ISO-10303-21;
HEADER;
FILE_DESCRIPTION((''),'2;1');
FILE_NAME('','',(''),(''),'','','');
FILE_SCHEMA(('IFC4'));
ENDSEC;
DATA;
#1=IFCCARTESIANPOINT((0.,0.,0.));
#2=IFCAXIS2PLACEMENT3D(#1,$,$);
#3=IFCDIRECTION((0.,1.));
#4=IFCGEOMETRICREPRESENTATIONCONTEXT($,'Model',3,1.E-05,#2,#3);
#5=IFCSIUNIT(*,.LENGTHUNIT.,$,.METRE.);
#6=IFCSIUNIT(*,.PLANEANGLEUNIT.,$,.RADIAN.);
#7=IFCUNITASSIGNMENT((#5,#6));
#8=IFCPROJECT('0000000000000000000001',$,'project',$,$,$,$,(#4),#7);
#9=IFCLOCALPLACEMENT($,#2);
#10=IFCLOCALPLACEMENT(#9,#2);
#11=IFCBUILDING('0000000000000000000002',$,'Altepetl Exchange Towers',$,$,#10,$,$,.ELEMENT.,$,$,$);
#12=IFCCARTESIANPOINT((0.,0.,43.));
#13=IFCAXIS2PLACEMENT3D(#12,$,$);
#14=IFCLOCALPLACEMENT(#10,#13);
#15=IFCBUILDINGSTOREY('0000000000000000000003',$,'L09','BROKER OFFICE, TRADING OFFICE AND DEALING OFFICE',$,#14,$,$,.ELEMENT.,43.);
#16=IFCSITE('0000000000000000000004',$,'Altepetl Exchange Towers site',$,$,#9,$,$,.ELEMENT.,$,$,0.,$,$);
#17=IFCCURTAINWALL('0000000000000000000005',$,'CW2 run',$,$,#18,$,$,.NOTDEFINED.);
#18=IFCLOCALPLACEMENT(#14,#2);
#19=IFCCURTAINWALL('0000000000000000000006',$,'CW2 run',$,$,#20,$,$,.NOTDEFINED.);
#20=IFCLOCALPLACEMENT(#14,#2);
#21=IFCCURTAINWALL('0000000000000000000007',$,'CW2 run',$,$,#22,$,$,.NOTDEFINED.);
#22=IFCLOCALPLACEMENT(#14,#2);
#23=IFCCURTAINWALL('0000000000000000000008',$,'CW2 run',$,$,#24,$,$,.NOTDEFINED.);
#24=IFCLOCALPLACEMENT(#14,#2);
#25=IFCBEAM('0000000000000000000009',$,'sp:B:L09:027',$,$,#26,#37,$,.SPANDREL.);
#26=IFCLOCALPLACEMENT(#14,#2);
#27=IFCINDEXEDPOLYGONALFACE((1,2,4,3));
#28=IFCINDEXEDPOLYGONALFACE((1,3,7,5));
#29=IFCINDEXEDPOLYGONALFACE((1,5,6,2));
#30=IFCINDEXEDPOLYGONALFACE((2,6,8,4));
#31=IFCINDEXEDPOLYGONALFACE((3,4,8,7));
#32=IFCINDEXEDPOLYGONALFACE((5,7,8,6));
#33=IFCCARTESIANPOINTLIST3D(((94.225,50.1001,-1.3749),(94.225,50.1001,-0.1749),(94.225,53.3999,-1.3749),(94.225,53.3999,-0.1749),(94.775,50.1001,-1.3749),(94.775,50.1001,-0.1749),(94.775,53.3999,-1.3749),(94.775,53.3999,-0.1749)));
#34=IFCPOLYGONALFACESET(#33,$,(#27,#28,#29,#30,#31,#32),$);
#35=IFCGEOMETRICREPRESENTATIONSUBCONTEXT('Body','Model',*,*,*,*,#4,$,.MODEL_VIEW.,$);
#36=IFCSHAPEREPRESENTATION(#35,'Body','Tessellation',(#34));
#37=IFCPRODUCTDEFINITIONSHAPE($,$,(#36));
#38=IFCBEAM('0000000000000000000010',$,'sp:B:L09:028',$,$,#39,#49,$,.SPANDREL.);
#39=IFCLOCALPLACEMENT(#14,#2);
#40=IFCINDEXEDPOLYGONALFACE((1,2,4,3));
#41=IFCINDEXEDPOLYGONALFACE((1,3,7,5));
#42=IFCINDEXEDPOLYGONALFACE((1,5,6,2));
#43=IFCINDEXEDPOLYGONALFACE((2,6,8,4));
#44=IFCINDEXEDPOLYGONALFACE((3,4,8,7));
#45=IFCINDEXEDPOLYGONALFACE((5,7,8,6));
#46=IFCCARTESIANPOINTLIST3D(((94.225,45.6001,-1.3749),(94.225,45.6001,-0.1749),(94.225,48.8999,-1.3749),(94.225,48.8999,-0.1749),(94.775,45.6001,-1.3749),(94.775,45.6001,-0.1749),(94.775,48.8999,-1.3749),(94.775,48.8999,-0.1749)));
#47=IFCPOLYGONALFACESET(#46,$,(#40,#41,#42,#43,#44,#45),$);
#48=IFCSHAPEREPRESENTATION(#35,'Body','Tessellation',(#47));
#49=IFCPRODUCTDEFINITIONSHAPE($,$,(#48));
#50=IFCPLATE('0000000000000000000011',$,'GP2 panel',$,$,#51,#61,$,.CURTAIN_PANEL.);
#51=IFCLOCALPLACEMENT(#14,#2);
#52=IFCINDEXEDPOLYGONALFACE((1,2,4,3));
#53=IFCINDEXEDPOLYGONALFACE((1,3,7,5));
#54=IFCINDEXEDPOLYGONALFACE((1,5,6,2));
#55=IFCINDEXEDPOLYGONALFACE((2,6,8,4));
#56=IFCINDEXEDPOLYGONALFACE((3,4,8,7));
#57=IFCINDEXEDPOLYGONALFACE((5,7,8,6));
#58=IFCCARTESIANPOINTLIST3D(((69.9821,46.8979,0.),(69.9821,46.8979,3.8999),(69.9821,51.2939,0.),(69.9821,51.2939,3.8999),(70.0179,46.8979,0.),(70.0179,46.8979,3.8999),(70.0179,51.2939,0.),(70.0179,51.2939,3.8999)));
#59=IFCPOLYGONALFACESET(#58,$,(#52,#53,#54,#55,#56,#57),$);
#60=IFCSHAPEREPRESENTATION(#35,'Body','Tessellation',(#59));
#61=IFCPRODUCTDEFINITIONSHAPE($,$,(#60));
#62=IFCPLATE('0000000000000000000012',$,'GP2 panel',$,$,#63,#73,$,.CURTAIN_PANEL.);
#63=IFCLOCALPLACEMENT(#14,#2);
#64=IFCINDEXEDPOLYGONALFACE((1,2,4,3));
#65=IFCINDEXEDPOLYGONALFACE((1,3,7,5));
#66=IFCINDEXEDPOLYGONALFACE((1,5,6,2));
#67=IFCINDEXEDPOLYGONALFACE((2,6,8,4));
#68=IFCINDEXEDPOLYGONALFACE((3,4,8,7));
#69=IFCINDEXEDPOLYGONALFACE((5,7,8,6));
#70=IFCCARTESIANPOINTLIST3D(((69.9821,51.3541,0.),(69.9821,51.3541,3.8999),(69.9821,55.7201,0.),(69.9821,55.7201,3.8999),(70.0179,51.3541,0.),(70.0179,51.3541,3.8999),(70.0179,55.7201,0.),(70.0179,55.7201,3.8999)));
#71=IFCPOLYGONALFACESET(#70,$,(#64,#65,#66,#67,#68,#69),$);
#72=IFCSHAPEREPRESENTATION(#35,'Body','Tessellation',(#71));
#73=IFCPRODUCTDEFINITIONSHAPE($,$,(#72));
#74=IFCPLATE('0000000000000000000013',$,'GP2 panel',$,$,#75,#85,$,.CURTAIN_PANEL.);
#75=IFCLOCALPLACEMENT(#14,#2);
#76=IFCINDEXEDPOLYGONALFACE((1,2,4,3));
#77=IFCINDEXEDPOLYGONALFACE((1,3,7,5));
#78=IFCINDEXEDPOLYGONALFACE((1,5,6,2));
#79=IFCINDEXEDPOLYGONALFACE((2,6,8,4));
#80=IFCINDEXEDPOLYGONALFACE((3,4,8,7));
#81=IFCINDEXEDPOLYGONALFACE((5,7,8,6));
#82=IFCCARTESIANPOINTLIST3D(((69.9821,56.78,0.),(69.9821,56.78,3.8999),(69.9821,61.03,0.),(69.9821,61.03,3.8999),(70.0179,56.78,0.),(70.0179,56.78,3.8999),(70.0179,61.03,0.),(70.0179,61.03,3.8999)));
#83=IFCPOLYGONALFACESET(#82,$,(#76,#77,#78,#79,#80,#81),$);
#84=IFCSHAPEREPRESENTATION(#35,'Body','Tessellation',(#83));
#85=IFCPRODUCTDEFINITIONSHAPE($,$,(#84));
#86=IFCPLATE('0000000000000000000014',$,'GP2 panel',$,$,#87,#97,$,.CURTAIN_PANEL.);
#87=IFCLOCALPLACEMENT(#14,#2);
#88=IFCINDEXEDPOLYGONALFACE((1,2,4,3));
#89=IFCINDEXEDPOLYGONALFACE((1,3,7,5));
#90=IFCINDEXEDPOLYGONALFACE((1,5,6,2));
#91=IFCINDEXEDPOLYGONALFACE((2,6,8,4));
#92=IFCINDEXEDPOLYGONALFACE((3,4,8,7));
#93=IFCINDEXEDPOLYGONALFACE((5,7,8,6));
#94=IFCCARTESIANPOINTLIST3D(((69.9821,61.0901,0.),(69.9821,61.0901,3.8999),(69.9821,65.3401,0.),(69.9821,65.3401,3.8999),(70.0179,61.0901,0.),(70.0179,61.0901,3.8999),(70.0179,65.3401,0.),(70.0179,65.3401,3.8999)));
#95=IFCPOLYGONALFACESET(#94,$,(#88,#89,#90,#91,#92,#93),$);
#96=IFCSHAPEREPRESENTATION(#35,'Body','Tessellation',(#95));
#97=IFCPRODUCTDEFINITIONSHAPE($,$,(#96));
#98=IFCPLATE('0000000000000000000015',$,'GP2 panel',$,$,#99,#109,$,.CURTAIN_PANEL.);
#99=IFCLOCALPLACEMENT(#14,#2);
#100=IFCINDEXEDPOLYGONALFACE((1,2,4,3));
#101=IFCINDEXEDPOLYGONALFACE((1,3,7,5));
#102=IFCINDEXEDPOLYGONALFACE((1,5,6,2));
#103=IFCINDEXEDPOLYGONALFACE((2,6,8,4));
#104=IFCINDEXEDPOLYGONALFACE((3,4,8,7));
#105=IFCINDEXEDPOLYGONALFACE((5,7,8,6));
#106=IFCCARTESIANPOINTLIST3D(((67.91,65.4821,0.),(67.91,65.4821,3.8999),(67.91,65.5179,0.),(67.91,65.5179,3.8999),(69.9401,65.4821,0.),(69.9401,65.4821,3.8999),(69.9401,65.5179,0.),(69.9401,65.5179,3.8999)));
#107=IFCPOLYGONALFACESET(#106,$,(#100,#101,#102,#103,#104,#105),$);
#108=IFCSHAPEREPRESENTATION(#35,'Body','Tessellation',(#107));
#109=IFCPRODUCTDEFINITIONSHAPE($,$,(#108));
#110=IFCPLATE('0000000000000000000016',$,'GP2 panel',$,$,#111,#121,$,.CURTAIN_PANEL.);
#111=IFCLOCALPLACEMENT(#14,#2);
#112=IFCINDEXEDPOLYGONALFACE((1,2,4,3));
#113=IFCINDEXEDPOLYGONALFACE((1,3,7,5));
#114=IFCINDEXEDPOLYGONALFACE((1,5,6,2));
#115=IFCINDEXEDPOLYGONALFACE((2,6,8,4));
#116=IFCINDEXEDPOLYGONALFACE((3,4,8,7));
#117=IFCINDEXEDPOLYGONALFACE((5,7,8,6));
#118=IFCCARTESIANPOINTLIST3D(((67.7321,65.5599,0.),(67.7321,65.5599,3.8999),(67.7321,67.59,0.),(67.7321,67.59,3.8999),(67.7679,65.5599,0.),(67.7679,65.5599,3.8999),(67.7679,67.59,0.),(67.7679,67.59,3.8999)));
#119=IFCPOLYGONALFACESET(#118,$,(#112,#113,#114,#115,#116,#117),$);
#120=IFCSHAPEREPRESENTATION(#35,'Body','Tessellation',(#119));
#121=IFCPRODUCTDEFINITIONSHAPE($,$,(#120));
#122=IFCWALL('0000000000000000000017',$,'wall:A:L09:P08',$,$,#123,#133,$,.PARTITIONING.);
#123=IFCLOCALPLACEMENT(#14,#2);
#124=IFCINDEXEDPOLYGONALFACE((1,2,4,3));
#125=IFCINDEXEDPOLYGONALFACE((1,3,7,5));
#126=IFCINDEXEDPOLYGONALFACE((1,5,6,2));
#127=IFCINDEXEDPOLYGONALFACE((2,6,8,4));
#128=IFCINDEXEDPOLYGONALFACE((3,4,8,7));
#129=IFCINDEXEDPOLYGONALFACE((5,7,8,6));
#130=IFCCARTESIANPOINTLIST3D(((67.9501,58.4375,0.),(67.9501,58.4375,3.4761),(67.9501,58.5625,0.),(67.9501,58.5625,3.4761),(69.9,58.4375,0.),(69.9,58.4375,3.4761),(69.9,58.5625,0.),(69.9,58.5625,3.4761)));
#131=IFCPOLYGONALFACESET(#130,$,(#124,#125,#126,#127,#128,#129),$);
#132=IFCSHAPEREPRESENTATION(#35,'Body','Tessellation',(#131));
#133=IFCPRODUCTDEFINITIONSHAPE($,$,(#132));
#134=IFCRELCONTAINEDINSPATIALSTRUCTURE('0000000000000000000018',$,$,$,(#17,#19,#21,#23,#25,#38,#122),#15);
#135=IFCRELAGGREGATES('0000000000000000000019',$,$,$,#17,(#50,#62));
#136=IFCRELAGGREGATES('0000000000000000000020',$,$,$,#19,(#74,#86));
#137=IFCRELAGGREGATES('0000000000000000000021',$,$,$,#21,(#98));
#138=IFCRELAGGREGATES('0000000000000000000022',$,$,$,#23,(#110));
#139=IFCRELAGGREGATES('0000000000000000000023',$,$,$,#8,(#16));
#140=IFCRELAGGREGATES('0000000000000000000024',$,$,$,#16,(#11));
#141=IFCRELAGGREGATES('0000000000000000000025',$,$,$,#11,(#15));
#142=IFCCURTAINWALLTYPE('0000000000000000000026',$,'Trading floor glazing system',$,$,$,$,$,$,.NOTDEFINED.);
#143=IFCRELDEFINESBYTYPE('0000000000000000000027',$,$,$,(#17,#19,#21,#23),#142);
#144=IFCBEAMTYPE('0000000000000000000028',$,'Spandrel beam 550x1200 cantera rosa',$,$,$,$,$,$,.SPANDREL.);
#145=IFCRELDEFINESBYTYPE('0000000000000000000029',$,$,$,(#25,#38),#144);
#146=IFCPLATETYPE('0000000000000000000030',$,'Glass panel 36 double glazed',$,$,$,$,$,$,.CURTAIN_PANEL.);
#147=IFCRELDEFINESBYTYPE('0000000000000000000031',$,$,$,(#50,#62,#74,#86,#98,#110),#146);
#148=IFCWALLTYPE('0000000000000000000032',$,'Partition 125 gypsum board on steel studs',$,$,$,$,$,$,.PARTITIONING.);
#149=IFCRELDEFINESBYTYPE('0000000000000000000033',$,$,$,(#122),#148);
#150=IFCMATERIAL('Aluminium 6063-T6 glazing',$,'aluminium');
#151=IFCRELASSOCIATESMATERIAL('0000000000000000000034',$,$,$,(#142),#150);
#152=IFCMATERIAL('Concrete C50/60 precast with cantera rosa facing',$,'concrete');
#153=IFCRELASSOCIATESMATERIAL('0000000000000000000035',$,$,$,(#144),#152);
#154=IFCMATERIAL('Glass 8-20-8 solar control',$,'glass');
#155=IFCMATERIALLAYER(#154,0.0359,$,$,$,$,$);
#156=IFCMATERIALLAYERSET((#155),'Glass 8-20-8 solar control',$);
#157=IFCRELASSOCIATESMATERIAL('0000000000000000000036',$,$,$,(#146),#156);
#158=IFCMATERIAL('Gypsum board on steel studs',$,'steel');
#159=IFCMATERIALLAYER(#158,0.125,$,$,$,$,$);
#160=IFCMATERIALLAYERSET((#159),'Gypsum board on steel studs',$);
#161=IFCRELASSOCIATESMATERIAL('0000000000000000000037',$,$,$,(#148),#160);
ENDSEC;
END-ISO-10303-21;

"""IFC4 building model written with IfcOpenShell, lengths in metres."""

from ifc_helpers import new_model, si_unit, direction, frame, frame_2d, origin, origin_2d, place, context, subcontext, project, spatial, rectangle, extrude, material, layer, layer_set, material_profile, profile_set, type_object, element, aggregate, save


model = new_model("IFC4")

# Units and contexts
model_context = context("Model", 3, precision=1e-05, world=origin(), true_north=direction((0.0, 1.0)))
body_context = subcontext(model_context, "Body", "Model", "MODEL_VIEW")
ifc_project = project(units=[si_unit("LENGTHUNIT", "METRE"), si_unit("PLANEANGLEUNIT", "RADIAN")], contexts=[model_context])

# Site, building, storey
site_placement = place(None, origin())
site = spatial("IfcSite", under=ifc_project, at=site_placement, Name="Altepetl Exchange Towers site", CompositionType="ELEMENT", RefElevation=0.0)
building_placement = place(site_placement, origin())
building = spatial("IfcBuilding", under=site, at=building_placement, Name="Altepetl Exchange Towers", CompositionType="ELEMENT")
storey_placement = place(building_placement, frame((0.0, 0.0, 43.0)))
storey = spatial("IfcBuildingStorey", under=building, at=storey_placement, Name="L09", Description="BROKER OFFICE, TRADING OFFICE AND DEALING OFFICE", CompositionType="ELEMENT", Elevation=43.0)

# Curtain walls
ifc_material_1 = material(Name="Aluminium 6063-T6 glazing", Category="aluminium")
curtain_wall_type = type_object("IfcCurtainWallType", Name="Trading floor glazing system", PredefinedType="NOTDEFINED", material=ifc_material_1)
curtain_wall_1_placement = place(storey_placement, origin())
curtain_wall_1 = element("IfcCurtainWall", 1, at=curtain_wall_1_placement, inside=storey, type_object=curtain_wall_type, Name="CW2 run", PredefinedType="NOTDEFINED")
curtain_wall_2_placement = place(storey_placement, origin())
curtain_wall_2 = element("IfcCurtainWall", 2, at=curtain_wall_2_placement, inside=storey, type_object=curtain_wall_type, Name="CW2 run", PredefinedType="NOTDEFINED")
curtain_wall_3_placement = place(storey_placement, origin())
curtain_wall_3 = element("IfcCurtainWall", 3, at=curtain_wall_3_placement, inside=storey, type_object=curtain_wall_type, Name="CW2 run", PredefinedType="NOTDEFINED")
curtain_wall_4_placement = place(storey_placement, origin())
curtain_wall_4 = element("IfcCurtainWall", 4, at=curtain_wall_4_placement, inside=storey, type_object=curtain_wall_type, Name="CW2 run", PredefinedType="NOTDEFINED")

# Beams
ifc_material_2 = material(Name="Concrete C50/60 precast with cantera rosa facing", Category="concrete")
ifc_material_profile_1 = material_profile(ifc_material_2, rectangle(XDim=0.55, YDim=1.2, at=origin_2d()), Name="550 x 1200")
ifc_profile_set_1 = profile_set([ifc_material_profile_1], Name="Concrete C50/60 precast with cantera rosa facing")
beam_type_1 = type_object("IfcBeamType", Name="Spandrel beam 550x1200 cantera rosa", PredefinedType="SPANDREL", material=ifc_profile_set_1)
for number, where, z_axis, x_axis, name in (
    (5, (94.5, 53.3999, -0.7749), (0.0, -1.0, 0.0), (1.0, 0.0, 0.0), "sp:B:L09:027"),
    (6, (94.5, 48.8999, -0.7749), (0.0, -1.0, 0.0), (1.0, 0.0, 0.0), "sp:B:L09:028"),
):
    element("IfcBeam", number, at=place(storey_placement, frame(where, z_axis=z_axis, x_axis=x_axis)), inside=storey, type_object=beam_type_1, Name=name, PredefinedType="SPANDREL", context=body_context, shape_type="SweptSolid", body=[
        extrude(rectangle(XDim=0.55, YDim=1.2, at=origin_2d()), origin(), (0.0, 0.0, 1.0), 3.2998),
    ])

# Plates
ifc_material_3 = material(Name="Glass 8-20-8 solar control", Category="glass")
ifc_layer_1 = layer(ifc_material_3, 0.0359)
ifc_layer_set_1 = layer_set([ifc_layer_1], Name="Glass 8-20-8 solar control")
plate_type = type_object("IfcPlateType", Name="Glass panel 36 double glazed", PredefinedType="CURTAIN_PANEL", material=ifc_layer_set_1)
plate_1_placement = place(storey_placement, frame((70.0, 49.0959, 0.0), z_axis=(0.0, 0.0, 1.0), x_axis=(0.0, 1.0, 0.0)))
plate_1 = element("IfcPlate", 7, at=plate_1_placement, type_object=plate_type, Name="GP2 panel", PredefinedType="CURTAIN_PANEL", context=body_context, shape_type="SweptSolid", body=[
    extrude(rectangle(XDim=4.396, YDim=0.0359, at=origin_2d()), origin(), (0.0, 0.0, 1.0), 3.8999),
])
plate_2_placement = place(storey_placement, frame((70.0, 53.5371, 0.0), z_axis=(0.0, 0.0, 1.0), x_axis=(0.0, 1.0, 0.0)))
plate_2 = element("IfcPlate", 8, at=plate_2_placement, type_object=plate_type, Name="GP2 panel", PredefinedType="CURTAIN_PANEL", context=body_context, shape_type="SweptSolid", body=[
    extrude(rectangle(XDim=4.366, YDim=0.0359, at=origin_2d()), origin(), (0.0, 0.0, 1.0), 3.8999),
])
aggregate(curtain_wall_1, [plate_1, plate_2])
plate_3_placement = place(storey_placement, frame((70.0, 58.905, 0.0), z_axis=(0.0, 0.0, 1.0), x_axis=(0.0, 1.0, 0.0)))
plate_3 = element("IfcPlate", 9, at=plate_3_placement, type_object=plate_type, Name="GP2 panel", PredefinedType="CURTAIN_PANEL", context=body_context, shape_type="SweptSolid", body=[
    extrude(rectangle(XDim=4.25, YDim=0.0359, at=origin_2d()), origin(), (0.0, 0.0, 1.0), 3.8999),
])
plate_4_placement = place(storey_placement, frame((70.0, 63.2151, 0.0), z_axis=(0.0, 0.0, 1.0), x_axis=(0.0, 1.0, 0.0)))
plate_4 = element("IfcPlate", 10, at=plate_4_placement, type_object=plate_type, Name="GP2 panel", PredefinedType="CURTAIN_PANEL", context=body_context, shape_type="SweptSolid", body=[
    extrude(rectangle(XDim=4.25, YDim=0.0359, at=origin_2d()), origin(), (0.0, 0.0, 1.0), 3.8999),
])
aggregate(curtain_wall_2, [plate_3, plate_4])
plate_5_placement = place(storey_placement, frame((68.925, 65.5, 0.0), z_axis=(0.0, 0.0, 1.0), x_axis=(-1.0, 0.0, 0.0)))
plate_5 = element("IfcPlate", 11, at=plate_5_placement, type_object=plate_type, Name="GP2 panel", PredefinedType="CURTAIN_PANEL", context=body_context, shape_type="SweptSolid", body=[
    extrude(rectangle(XDim=2.03, YDim=0.0359, at=origin_2d()), origin(), (0.0, 0.0, 1.0), 3.8999),
])
aggregate(curtain_wall_3, [plate_5])
plate_6_placement = place(storey_placement, frame((67.75, 66.575, 0.0), z_axis=(0.0, 0.0, 1.0), x_axis=(0.0, 1.0, 0.0)))
plate_6 = element("IfcPlate", 12, at=plate_6_placement, type_object=plate_type, Name="GP2 panel", PredefinedType="CURTAIN_PANEL", context=body_context, shape_type="SweptSolid", body=[
    extrude(rectangle(XDim=2.03, YDim=0.0359, at=origin_2d()), origin(), (0.0, 0.0, 1.0), 3.8999),
])
aggregate(curtain_wall_4, [plate_6])

# Wall
ifc_material_4 = material(Name="Gypsum board on steel studs", Category="steel")
ifc_layer_2 = layer(ifc_material_4, 0.125)
ifc_layer_set_2 = layer_set([ifc_layer_2], Name="Gypsum board on steel studs")
wall_type = type_object("IfcWallType", Name="Partition 125 gypsum board on steel studs", PredefinedType="PARTITIONING", material=ifc_layer_set_2)
wall_placement = place(storey_placement, frame((67.95, 58.5, 0.0)))
element("IfcWall", 13, at=wall_placement, inside=storey, type_object=wall_type, Name="wall:A:L09:P08", PredefinedType="PARTITIONING", context=body_context, shape_type="SweptSolid", body=[
    extrude(rectangle(XDim=1.95, YDim=0.125, at=frame_2d((0.9751, 0.0))), origin(), (0.0, 0.0, 1.0), 3.4761),
])

save(model, "model.ifc")
